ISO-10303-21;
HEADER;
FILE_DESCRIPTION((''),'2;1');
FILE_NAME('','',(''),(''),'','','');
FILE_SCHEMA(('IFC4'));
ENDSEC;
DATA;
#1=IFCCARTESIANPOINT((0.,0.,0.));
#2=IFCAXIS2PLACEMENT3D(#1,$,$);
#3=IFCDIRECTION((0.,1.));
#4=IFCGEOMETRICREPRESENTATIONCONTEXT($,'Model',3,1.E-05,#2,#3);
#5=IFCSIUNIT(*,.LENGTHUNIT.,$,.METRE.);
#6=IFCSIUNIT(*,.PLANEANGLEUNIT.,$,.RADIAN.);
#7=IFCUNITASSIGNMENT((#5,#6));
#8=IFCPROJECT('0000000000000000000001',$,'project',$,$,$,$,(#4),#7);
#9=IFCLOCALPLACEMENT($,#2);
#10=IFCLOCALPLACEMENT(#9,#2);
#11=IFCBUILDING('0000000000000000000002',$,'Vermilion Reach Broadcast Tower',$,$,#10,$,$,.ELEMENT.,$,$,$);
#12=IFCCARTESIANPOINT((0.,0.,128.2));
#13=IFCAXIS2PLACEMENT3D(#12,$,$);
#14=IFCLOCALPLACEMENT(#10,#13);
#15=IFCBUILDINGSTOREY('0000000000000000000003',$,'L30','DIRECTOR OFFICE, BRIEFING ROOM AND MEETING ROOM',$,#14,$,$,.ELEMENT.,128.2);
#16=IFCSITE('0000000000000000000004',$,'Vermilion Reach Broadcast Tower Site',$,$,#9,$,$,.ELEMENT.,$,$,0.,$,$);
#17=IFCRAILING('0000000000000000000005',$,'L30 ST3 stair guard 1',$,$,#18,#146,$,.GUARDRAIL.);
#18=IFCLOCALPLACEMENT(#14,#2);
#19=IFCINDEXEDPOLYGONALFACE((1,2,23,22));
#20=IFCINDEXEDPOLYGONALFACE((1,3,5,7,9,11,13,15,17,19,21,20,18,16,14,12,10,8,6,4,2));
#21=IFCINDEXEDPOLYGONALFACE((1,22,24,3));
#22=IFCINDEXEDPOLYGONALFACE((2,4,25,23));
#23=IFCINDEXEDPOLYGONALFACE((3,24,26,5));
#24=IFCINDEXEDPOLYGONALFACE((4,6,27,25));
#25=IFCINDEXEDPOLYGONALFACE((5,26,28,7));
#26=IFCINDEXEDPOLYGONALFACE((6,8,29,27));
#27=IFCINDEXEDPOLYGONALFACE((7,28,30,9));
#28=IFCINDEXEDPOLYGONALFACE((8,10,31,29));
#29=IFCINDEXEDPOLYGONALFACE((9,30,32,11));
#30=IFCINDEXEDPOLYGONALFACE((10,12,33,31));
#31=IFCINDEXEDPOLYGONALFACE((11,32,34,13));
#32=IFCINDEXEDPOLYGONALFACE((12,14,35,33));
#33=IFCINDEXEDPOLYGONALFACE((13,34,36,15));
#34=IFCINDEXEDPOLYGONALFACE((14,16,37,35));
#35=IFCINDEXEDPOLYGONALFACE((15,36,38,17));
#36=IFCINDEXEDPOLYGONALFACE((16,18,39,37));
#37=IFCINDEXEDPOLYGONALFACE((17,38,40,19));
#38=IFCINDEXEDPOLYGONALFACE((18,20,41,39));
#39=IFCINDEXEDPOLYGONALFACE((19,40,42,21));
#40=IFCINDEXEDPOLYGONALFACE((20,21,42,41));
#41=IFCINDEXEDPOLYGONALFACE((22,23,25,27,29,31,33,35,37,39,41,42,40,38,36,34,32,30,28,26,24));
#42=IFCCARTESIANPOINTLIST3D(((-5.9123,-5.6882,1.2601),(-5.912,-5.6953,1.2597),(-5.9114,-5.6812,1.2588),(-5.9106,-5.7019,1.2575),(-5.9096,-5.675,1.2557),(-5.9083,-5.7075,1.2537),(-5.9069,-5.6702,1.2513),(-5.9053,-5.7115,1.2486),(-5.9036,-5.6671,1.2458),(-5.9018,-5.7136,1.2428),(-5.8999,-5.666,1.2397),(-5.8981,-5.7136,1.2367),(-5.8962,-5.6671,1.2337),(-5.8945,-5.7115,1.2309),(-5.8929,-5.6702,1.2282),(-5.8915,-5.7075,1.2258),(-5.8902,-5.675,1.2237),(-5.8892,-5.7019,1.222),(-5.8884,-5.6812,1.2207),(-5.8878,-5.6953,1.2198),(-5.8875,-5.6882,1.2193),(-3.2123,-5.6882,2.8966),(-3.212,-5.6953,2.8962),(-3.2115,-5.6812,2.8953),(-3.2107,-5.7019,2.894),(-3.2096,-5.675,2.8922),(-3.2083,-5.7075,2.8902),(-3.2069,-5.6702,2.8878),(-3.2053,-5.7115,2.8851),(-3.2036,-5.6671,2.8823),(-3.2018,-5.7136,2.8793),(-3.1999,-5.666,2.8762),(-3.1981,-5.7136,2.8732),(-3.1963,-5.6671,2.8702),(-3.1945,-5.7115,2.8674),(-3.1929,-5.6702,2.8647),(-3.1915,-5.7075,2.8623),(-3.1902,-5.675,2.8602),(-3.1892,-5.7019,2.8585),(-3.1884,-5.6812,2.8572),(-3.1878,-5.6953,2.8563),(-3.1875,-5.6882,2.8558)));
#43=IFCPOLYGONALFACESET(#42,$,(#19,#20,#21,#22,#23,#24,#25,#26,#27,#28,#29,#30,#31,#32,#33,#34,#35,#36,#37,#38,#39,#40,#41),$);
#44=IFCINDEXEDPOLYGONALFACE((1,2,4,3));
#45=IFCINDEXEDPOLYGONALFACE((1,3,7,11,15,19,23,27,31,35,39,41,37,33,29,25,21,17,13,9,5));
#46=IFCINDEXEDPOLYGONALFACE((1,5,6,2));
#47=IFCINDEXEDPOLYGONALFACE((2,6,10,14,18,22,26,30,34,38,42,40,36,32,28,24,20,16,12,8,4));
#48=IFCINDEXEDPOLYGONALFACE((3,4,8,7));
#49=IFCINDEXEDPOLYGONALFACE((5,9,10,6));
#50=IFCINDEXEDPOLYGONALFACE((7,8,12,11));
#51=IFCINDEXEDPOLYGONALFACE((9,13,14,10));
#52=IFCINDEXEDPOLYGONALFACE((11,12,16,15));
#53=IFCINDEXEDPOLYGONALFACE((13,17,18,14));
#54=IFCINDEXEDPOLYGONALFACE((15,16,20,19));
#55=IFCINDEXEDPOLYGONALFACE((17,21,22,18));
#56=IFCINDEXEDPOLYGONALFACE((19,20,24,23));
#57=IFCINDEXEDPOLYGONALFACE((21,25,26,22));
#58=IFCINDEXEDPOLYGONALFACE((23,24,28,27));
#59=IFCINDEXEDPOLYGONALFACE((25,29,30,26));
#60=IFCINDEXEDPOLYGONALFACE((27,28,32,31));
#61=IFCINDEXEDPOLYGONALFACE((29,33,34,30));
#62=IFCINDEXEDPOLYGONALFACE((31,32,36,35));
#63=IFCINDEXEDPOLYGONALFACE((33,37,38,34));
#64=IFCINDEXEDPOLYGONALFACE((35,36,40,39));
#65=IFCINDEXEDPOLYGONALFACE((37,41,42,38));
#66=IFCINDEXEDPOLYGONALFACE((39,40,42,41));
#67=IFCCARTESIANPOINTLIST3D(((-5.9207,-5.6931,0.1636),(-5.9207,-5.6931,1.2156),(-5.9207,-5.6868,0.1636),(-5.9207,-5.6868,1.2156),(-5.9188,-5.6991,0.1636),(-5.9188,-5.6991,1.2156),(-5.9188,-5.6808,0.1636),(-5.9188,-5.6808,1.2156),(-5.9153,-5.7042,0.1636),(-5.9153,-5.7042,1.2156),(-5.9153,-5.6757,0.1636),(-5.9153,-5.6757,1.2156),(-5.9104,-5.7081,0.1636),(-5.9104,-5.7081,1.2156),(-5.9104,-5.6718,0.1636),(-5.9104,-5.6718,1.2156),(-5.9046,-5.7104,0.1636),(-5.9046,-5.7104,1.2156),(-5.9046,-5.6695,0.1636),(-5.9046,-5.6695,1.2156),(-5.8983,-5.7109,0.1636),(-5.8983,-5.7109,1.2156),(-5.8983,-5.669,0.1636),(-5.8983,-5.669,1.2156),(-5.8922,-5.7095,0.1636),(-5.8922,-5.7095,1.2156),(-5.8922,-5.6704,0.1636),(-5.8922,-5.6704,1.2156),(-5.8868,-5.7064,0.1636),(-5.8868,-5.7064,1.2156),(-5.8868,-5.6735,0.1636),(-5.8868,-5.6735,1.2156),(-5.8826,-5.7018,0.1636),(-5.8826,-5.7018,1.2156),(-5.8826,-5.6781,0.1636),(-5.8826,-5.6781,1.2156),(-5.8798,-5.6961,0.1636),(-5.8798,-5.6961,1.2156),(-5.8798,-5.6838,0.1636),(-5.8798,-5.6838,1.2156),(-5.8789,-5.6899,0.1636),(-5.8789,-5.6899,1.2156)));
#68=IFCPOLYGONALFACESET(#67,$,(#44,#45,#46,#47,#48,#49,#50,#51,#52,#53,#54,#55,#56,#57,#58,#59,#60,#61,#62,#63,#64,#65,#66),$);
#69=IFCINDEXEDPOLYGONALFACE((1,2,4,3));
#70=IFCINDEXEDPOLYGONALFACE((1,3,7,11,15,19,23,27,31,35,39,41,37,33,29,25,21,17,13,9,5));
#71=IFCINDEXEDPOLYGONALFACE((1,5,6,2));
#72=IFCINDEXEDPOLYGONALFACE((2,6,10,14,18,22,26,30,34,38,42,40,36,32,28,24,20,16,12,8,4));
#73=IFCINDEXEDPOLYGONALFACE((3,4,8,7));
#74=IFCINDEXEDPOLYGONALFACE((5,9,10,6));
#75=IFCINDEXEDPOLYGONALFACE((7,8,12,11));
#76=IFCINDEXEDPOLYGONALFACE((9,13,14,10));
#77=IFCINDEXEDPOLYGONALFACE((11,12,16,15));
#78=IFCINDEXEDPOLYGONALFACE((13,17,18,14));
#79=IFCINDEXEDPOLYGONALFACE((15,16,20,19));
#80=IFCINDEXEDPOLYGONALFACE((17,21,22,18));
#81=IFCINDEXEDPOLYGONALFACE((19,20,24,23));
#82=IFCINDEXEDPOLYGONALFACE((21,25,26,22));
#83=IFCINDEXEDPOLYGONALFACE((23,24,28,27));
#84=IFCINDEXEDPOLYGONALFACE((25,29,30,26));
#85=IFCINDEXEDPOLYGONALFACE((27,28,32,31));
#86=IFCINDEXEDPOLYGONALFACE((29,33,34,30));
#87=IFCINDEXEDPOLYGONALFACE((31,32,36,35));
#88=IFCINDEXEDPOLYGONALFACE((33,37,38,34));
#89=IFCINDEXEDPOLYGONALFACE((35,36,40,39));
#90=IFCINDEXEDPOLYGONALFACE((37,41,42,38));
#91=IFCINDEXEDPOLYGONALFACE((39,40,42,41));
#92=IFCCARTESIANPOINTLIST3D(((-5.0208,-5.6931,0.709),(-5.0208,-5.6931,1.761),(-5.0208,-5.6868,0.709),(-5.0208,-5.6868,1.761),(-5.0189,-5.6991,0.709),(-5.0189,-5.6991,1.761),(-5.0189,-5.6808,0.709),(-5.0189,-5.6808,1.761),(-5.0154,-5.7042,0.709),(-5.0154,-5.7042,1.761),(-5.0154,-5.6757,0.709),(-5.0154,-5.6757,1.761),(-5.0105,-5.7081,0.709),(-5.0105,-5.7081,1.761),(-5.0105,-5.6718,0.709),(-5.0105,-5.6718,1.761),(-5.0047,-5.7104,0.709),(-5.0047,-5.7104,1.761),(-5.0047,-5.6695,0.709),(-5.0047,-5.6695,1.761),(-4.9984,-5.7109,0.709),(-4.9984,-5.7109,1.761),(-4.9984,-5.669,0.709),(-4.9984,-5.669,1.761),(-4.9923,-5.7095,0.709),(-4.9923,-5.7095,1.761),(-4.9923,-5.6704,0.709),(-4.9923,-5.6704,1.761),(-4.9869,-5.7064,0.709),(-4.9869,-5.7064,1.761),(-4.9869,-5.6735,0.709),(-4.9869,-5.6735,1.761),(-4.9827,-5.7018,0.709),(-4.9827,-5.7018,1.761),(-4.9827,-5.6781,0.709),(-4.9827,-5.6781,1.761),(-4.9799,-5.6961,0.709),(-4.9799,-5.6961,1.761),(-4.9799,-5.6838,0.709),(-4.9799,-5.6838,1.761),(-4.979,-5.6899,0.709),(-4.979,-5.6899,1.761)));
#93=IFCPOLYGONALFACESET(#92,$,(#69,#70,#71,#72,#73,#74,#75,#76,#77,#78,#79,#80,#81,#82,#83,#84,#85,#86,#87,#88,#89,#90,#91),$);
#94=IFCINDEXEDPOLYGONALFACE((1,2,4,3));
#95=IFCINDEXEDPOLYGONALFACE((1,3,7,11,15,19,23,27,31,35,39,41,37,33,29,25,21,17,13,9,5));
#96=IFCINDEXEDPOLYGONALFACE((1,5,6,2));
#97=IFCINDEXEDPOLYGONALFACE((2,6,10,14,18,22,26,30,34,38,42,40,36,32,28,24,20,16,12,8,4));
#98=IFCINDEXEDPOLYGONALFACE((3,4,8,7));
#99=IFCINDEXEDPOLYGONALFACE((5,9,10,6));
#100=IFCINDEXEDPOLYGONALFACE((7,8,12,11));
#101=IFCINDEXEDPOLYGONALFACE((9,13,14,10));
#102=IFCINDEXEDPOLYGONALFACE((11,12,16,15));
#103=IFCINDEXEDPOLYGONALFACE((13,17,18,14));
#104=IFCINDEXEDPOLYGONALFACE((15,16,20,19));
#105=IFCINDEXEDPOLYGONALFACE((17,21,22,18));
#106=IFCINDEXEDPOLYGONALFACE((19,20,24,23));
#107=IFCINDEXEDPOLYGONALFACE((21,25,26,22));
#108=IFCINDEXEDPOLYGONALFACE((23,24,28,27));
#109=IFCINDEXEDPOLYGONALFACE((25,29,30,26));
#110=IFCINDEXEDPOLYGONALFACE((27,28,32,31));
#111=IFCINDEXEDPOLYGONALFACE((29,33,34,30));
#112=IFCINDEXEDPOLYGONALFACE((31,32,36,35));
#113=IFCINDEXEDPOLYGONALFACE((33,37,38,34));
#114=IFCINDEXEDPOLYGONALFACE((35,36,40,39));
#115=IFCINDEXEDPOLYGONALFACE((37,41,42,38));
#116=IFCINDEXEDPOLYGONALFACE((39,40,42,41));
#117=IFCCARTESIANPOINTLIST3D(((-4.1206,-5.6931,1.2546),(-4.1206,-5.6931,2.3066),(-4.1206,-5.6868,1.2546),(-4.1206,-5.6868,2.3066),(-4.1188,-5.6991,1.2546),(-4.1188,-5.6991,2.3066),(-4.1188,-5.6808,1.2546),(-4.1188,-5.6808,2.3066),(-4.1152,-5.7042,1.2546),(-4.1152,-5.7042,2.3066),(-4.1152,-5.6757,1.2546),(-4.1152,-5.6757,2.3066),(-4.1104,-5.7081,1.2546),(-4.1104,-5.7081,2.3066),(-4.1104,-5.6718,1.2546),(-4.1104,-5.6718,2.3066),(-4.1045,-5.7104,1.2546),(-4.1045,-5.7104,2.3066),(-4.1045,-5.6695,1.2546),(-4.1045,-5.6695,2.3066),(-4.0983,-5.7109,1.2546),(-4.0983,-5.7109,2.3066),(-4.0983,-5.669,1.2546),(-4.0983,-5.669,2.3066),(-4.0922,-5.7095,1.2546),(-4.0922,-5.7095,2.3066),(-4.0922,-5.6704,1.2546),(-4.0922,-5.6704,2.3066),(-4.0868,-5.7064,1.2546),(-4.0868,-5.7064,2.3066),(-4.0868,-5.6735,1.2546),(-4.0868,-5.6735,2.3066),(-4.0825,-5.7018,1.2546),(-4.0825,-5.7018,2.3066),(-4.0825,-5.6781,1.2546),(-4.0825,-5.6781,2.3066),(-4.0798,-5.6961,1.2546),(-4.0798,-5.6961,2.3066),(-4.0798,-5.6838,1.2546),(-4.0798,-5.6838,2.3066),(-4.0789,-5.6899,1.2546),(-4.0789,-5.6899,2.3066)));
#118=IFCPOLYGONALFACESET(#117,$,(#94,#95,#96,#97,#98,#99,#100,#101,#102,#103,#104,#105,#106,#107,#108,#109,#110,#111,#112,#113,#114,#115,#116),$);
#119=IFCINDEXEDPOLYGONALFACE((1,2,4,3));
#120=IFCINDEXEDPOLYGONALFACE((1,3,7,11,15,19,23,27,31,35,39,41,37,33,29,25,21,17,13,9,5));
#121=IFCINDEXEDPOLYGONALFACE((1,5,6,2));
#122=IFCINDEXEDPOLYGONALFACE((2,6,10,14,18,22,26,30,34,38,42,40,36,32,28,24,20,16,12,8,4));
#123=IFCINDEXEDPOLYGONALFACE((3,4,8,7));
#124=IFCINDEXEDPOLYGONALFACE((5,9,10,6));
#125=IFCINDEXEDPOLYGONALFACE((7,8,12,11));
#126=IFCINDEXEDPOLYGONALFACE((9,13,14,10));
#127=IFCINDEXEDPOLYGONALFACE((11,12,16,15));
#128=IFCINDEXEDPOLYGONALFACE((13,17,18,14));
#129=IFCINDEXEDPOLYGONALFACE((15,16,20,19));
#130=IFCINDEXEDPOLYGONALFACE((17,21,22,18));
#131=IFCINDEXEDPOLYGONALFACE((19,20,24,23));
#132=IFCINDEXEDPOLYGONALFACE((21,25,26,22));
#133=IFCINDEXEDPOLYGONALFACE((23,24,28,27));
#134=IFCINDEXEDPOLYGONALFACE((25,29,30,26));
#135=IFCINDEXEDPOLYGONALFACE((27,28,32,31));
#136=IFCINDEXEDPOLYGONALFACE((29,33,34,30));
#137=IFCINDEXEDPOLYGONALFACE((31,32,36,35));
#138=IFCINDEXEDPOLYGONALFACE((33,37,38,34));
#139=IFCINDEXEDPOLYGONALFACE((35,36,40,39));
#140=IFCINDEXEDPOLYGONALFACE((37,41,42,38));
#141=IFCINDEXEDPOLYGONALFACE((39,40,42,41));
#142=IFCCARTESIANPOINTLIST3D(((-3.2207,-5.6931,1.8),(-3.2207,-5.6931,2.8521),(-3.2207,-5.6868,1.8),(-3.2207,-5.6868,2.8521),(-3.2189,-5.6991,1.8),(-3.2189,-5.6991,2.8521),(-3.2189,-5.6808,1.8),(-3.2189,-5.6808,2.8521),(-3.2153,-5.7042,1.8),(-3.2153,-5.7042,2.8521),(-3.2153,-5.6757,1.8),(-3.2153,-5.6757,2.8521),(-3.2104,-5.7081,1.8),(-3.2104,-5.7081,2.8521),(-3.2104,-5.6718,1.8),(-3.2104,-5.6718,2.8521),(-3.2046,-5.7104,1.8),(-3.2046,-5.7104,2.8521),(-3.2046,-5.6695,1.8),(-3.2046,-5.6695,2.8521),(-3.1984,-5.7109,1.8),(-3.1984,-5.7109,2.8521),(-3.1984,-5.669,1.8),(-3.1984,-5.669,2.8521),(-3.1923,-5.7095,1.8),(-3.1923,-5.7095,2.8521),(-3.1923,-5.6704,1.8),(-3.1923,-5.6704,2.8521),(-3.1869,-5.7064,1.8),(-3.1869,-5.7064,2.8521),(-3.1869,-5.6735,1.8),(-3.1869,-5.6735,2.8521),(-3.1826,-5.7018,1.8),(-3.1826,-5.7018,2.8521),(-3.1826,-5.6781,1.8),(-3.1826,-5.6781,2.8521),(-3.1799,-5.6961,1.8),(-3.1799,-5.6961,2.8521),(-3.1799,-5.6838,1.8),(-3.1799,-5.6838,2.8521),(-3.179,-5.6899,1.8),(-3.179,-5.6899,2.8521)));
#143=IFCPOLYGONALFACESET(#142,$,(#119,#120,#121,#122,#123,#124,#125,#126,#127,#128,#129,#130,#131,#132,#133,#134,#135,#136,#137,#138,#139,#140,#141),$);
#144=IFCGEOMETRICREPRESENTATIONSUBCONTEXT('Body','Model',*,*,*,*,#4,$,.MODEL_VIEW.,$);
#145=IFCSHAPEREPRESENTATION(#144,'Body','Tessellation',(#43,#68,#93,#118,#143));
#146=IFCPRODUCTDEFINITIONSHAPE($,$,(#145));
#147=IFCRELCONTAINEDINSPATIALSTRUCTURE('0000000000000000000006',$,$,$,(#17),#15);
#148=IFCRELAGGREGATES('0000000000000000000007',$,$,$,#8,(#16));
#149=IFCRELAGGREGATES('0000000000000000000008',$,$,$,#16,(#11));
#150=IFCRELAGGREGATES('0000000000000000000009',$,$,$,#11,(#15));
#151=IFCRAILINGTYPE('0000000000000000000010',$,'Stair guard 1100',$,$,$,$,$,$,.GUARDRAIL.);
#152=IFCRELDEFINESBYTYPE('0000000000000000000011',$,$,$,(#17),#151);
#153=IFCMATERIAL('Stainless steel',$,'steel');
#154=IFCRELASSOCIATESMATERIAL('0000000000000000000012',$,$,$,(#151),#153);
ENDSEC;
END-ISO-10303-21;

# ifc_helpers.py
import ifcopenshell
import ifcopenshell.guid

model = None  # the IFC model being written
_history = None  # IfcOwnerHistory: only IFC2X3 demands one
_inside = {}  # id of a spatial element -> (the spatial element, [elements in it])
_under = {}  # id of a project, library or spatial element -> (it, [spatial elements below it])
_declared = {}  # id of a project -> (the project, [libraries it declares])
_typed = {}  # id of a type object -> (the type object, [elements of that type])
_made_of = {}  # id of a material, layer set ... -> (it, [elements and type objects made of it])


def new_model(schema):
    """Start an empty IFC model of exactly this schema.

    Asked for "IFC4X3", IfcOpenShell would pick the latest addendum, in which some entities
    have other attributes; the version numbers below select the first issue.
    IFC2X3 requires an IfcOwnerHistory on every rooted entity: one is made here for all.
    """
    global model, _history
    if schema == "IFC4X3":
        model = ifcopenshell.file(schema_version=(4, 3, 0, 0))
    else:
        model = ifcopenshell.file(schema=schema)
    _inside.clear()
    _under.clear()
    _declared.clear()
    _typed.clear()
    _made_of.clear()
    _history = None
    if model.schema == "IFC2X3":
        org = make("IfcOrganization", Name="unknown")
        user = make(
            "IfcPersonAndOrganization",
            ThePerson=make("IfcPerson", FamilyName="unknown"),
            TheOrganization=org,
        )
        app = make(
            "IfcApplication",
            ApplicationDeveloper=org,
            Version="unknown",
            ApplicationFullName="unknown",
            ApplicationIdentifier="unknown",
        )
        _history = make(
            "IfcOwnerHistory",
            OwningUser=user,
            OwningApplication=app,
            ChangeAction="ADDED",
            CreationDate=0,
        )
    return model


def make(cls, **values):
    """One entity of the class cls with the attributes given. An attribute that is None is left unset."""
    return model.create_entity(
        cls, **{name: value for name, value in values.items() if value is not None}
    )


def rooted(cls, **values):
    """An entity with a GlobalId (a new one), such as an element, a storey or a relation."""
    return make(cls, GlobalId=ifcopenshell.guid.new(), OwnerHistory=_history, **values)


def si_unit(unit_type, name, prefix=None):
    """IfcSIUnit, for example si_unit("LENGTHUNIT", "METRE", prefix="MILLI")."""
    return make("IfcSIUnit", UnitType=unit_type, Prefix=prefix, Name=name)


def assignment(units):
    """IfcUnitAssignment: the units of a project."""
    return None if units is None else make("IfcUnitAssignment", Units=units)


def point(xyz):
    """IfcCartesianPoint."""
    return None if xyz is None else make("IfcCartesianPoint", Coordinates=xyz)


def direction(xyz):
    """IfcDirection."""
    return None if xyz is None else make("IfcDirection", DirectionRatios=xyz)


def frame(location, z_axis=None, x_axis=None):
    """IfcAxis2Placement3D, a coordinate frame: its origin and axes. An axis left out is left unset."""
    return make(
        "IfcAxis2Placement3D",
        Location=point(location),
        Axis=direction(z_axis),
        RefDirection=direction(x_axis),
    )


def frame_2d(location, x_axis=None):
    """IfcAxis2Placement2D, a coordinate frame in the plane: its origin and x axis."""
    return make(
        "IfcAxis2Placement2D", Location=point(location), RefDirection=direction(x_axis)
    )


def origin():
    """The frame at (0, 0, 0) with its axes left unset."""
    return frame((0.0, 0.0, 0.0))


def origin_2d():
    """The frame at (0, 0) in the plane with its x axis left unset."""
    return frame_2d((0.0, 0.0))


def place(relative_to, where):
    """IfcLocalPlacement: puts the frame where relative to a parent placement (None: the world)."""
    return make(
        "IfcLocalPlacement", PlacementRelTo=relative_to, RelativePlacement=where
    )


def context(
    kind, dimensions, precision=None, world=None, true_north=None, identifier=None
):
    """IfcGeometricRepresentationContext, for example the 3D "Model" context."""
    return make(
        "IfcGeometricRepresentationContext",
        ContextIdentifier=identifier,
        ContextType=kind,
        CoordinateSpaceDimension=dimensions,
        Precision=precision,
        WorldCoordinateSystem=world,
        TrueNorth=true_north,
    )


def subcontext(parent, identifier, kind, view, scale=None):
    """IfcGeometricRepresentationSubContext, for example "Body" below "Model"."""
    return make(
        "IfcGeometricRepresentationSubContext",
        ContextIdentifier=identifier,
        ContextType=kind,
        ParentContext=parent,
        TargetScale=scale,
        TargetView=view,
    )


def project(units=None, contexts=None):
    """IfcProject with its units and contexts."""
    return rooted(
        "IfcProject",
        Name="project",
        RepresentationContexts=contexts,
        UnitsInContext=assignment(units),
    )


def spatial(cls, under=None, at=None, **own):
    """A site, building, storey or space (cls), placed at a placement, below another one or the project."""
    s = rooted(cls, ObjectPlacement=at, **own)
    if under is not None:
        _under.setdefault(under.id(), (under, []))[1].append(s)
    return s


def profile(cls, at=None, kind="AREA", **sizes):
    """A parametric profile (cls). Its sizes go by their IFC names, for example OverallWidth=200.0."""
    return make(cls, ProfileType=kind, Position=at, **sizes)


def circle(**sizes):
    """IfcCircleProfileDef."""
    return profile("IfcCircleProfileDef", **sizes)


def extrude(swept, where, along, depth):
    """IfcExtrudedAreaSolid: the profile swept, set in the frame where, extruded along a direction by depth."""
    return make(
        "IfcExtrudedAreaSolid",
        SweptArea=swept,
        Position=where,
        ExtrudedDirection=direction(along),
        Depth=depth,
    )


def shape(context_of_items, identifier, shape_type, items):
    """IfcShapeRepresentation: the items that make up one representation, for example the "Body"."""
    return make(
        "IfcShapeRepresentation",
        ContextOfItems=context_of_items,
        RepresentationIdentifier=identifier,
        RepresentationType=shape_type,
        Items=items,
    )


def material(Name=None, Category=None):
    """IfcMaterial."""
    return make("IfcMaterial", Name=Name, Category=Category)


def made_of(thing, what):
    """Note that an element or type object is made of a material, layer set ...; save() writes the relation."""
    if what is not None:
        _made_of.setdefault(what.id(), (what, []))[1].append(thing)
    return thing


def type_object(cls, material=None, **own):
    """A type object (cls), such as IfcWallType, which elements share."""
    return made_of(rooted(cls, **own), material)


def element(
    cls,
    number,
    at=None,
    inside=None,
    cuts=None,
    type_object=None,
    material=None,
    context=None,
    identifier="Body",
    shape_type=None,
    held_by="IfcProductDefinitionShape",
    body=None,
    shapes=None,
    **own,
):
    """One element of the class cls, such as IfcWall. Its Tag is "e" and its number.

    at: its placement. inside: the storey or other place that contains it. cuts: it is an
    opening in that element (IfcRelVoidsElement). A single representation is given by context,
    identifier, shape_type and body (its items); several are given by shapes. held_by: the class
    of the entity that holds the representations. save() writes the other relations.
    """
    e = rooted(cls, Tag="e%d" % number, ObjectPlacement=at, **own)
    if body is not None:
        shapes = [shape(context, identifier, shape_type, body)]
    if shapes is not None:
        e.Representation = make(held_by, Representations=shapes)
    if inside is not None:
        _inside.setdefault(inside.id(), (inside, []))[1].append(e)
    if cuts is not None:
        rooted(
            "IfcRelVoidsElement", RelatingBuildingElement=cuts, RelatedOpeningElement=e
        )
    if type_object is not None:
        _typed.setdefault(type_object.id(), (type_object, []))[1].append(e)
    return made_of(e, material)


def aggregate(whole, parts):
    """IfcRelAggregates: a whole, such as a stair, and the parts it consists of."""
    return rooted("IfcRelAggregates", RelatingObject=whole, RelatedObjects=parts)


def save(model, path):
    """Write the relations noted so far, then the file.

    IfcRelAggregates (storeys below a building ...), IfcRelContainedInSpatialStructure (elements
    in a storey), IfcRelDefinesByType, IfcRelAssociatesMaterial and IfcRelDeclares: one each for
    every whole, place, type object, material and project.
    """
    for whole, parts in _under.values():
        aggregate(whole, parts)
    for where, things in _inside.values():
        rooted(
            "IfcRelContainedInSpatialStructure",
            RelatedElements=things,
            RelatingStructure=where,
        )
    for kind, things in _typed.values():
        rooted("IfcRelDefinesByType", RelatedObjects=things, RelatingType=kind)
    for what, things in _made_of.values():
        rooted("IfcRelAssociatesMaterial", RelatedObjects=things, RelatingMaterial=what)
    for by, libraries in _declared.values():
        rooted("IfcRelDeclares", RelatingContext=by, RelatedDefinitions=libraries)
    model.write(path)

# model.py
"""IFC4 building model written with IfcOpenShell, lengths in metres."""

from ifc_helpers import new_model, si_unit, direction, frame, origin, origin_2d, place, context, subcontext, project, spatial, circle, extrude, material, type_object, element, save


model = new_model("IFC4")

# Units and contexts
model_context = context("Model", 3, precision=1e-05, world=origin(), true_north=direction((0.0, 1.0)))
body_context = subcontext(model_context, "Body", "Model", "MODEL_VIEW")
ifc_project = project(units=[si_unit("LENGTHUNIT", "METRE"), si_unit("PLANEANGLEUNIT", "RADIAN")], contexts=[model_context])

# Site, building, storey
site_placement = place(None, origin())
site = spatial("IfcSite", under=ifc_project, at=site_placement, Name="Vermilion Reach Broadcast Tower Site", CompositionType="ELEMENT", RefElevation=0.0)
building_placement = place(site_placement, origin())
building = spatial("IfcBuilding", under=site, at=building_placement, Name="Vermilion Reach Broadcast Tower", CompositionType="ELEMENT")
storey_placement = place(building_placement, frame((0.0, 0.0, 128.2)))
storey = spatial("IfcBuildingStorey", under=building, at=storey_placement, Name="L30", Description="DIRECTOR OFFICE, BRIEFING ROOM AND MEETING ROOM", CompositionType="ELEMENT", Elevation=128.2)

# Railing
ifc_material_1 = material(Name="Stainless steel", Category="steel")
railing_type_1 = type_object("IfcRailingType", Name="Stair guard 1100", PredefinedType="GUARDRAIL", material=ifc_material_1)
railing_1_placement = place(storey_placement, frame((-5.8999, -5.6899, 0.1636)))
element("IfcRailing", 1, at=railing_1_placement, inside=storey, type_object=railing_type_1, Name="L30 ST3 stair guard 1", PredefinedType="GUARDRAIL", context=body_context, shape_type="SweptSolid", body=[
    extrude(circle(Radius=0.0239, at=origin_2d()), frame((0.0, 0.0, 1.0762), z_axis=(0.855178, 0.0, 0.518334), x_axis=(0.0, 1.0, 0.0)), (0.0, 0.0, 1.0), 3.1572),
    extrude(circle(Radius=0.021, at=origin_2d()), origin(), (0.0, 0.0, 1.0), 1.052),
    extrude(circle(Radius=0.021, at=origin_2d()), frame((0.8999, 0.0, 0.5454)), (0.0, 0.0, 1.0), 1.052),
    extrude(circle(Radius=0.021, at=origin_2d()), frame((1.8, 0.0, 1.0911)), (0.0, 0.0, 1.0), 1.052),
    extrude(circle(Radius=0.021, at=origin_2d()), frame((2.7, 0.0, 1.6365)), (0.0, 0.0, 1.0), 1.052),
])

save(model, "model.ifc")
